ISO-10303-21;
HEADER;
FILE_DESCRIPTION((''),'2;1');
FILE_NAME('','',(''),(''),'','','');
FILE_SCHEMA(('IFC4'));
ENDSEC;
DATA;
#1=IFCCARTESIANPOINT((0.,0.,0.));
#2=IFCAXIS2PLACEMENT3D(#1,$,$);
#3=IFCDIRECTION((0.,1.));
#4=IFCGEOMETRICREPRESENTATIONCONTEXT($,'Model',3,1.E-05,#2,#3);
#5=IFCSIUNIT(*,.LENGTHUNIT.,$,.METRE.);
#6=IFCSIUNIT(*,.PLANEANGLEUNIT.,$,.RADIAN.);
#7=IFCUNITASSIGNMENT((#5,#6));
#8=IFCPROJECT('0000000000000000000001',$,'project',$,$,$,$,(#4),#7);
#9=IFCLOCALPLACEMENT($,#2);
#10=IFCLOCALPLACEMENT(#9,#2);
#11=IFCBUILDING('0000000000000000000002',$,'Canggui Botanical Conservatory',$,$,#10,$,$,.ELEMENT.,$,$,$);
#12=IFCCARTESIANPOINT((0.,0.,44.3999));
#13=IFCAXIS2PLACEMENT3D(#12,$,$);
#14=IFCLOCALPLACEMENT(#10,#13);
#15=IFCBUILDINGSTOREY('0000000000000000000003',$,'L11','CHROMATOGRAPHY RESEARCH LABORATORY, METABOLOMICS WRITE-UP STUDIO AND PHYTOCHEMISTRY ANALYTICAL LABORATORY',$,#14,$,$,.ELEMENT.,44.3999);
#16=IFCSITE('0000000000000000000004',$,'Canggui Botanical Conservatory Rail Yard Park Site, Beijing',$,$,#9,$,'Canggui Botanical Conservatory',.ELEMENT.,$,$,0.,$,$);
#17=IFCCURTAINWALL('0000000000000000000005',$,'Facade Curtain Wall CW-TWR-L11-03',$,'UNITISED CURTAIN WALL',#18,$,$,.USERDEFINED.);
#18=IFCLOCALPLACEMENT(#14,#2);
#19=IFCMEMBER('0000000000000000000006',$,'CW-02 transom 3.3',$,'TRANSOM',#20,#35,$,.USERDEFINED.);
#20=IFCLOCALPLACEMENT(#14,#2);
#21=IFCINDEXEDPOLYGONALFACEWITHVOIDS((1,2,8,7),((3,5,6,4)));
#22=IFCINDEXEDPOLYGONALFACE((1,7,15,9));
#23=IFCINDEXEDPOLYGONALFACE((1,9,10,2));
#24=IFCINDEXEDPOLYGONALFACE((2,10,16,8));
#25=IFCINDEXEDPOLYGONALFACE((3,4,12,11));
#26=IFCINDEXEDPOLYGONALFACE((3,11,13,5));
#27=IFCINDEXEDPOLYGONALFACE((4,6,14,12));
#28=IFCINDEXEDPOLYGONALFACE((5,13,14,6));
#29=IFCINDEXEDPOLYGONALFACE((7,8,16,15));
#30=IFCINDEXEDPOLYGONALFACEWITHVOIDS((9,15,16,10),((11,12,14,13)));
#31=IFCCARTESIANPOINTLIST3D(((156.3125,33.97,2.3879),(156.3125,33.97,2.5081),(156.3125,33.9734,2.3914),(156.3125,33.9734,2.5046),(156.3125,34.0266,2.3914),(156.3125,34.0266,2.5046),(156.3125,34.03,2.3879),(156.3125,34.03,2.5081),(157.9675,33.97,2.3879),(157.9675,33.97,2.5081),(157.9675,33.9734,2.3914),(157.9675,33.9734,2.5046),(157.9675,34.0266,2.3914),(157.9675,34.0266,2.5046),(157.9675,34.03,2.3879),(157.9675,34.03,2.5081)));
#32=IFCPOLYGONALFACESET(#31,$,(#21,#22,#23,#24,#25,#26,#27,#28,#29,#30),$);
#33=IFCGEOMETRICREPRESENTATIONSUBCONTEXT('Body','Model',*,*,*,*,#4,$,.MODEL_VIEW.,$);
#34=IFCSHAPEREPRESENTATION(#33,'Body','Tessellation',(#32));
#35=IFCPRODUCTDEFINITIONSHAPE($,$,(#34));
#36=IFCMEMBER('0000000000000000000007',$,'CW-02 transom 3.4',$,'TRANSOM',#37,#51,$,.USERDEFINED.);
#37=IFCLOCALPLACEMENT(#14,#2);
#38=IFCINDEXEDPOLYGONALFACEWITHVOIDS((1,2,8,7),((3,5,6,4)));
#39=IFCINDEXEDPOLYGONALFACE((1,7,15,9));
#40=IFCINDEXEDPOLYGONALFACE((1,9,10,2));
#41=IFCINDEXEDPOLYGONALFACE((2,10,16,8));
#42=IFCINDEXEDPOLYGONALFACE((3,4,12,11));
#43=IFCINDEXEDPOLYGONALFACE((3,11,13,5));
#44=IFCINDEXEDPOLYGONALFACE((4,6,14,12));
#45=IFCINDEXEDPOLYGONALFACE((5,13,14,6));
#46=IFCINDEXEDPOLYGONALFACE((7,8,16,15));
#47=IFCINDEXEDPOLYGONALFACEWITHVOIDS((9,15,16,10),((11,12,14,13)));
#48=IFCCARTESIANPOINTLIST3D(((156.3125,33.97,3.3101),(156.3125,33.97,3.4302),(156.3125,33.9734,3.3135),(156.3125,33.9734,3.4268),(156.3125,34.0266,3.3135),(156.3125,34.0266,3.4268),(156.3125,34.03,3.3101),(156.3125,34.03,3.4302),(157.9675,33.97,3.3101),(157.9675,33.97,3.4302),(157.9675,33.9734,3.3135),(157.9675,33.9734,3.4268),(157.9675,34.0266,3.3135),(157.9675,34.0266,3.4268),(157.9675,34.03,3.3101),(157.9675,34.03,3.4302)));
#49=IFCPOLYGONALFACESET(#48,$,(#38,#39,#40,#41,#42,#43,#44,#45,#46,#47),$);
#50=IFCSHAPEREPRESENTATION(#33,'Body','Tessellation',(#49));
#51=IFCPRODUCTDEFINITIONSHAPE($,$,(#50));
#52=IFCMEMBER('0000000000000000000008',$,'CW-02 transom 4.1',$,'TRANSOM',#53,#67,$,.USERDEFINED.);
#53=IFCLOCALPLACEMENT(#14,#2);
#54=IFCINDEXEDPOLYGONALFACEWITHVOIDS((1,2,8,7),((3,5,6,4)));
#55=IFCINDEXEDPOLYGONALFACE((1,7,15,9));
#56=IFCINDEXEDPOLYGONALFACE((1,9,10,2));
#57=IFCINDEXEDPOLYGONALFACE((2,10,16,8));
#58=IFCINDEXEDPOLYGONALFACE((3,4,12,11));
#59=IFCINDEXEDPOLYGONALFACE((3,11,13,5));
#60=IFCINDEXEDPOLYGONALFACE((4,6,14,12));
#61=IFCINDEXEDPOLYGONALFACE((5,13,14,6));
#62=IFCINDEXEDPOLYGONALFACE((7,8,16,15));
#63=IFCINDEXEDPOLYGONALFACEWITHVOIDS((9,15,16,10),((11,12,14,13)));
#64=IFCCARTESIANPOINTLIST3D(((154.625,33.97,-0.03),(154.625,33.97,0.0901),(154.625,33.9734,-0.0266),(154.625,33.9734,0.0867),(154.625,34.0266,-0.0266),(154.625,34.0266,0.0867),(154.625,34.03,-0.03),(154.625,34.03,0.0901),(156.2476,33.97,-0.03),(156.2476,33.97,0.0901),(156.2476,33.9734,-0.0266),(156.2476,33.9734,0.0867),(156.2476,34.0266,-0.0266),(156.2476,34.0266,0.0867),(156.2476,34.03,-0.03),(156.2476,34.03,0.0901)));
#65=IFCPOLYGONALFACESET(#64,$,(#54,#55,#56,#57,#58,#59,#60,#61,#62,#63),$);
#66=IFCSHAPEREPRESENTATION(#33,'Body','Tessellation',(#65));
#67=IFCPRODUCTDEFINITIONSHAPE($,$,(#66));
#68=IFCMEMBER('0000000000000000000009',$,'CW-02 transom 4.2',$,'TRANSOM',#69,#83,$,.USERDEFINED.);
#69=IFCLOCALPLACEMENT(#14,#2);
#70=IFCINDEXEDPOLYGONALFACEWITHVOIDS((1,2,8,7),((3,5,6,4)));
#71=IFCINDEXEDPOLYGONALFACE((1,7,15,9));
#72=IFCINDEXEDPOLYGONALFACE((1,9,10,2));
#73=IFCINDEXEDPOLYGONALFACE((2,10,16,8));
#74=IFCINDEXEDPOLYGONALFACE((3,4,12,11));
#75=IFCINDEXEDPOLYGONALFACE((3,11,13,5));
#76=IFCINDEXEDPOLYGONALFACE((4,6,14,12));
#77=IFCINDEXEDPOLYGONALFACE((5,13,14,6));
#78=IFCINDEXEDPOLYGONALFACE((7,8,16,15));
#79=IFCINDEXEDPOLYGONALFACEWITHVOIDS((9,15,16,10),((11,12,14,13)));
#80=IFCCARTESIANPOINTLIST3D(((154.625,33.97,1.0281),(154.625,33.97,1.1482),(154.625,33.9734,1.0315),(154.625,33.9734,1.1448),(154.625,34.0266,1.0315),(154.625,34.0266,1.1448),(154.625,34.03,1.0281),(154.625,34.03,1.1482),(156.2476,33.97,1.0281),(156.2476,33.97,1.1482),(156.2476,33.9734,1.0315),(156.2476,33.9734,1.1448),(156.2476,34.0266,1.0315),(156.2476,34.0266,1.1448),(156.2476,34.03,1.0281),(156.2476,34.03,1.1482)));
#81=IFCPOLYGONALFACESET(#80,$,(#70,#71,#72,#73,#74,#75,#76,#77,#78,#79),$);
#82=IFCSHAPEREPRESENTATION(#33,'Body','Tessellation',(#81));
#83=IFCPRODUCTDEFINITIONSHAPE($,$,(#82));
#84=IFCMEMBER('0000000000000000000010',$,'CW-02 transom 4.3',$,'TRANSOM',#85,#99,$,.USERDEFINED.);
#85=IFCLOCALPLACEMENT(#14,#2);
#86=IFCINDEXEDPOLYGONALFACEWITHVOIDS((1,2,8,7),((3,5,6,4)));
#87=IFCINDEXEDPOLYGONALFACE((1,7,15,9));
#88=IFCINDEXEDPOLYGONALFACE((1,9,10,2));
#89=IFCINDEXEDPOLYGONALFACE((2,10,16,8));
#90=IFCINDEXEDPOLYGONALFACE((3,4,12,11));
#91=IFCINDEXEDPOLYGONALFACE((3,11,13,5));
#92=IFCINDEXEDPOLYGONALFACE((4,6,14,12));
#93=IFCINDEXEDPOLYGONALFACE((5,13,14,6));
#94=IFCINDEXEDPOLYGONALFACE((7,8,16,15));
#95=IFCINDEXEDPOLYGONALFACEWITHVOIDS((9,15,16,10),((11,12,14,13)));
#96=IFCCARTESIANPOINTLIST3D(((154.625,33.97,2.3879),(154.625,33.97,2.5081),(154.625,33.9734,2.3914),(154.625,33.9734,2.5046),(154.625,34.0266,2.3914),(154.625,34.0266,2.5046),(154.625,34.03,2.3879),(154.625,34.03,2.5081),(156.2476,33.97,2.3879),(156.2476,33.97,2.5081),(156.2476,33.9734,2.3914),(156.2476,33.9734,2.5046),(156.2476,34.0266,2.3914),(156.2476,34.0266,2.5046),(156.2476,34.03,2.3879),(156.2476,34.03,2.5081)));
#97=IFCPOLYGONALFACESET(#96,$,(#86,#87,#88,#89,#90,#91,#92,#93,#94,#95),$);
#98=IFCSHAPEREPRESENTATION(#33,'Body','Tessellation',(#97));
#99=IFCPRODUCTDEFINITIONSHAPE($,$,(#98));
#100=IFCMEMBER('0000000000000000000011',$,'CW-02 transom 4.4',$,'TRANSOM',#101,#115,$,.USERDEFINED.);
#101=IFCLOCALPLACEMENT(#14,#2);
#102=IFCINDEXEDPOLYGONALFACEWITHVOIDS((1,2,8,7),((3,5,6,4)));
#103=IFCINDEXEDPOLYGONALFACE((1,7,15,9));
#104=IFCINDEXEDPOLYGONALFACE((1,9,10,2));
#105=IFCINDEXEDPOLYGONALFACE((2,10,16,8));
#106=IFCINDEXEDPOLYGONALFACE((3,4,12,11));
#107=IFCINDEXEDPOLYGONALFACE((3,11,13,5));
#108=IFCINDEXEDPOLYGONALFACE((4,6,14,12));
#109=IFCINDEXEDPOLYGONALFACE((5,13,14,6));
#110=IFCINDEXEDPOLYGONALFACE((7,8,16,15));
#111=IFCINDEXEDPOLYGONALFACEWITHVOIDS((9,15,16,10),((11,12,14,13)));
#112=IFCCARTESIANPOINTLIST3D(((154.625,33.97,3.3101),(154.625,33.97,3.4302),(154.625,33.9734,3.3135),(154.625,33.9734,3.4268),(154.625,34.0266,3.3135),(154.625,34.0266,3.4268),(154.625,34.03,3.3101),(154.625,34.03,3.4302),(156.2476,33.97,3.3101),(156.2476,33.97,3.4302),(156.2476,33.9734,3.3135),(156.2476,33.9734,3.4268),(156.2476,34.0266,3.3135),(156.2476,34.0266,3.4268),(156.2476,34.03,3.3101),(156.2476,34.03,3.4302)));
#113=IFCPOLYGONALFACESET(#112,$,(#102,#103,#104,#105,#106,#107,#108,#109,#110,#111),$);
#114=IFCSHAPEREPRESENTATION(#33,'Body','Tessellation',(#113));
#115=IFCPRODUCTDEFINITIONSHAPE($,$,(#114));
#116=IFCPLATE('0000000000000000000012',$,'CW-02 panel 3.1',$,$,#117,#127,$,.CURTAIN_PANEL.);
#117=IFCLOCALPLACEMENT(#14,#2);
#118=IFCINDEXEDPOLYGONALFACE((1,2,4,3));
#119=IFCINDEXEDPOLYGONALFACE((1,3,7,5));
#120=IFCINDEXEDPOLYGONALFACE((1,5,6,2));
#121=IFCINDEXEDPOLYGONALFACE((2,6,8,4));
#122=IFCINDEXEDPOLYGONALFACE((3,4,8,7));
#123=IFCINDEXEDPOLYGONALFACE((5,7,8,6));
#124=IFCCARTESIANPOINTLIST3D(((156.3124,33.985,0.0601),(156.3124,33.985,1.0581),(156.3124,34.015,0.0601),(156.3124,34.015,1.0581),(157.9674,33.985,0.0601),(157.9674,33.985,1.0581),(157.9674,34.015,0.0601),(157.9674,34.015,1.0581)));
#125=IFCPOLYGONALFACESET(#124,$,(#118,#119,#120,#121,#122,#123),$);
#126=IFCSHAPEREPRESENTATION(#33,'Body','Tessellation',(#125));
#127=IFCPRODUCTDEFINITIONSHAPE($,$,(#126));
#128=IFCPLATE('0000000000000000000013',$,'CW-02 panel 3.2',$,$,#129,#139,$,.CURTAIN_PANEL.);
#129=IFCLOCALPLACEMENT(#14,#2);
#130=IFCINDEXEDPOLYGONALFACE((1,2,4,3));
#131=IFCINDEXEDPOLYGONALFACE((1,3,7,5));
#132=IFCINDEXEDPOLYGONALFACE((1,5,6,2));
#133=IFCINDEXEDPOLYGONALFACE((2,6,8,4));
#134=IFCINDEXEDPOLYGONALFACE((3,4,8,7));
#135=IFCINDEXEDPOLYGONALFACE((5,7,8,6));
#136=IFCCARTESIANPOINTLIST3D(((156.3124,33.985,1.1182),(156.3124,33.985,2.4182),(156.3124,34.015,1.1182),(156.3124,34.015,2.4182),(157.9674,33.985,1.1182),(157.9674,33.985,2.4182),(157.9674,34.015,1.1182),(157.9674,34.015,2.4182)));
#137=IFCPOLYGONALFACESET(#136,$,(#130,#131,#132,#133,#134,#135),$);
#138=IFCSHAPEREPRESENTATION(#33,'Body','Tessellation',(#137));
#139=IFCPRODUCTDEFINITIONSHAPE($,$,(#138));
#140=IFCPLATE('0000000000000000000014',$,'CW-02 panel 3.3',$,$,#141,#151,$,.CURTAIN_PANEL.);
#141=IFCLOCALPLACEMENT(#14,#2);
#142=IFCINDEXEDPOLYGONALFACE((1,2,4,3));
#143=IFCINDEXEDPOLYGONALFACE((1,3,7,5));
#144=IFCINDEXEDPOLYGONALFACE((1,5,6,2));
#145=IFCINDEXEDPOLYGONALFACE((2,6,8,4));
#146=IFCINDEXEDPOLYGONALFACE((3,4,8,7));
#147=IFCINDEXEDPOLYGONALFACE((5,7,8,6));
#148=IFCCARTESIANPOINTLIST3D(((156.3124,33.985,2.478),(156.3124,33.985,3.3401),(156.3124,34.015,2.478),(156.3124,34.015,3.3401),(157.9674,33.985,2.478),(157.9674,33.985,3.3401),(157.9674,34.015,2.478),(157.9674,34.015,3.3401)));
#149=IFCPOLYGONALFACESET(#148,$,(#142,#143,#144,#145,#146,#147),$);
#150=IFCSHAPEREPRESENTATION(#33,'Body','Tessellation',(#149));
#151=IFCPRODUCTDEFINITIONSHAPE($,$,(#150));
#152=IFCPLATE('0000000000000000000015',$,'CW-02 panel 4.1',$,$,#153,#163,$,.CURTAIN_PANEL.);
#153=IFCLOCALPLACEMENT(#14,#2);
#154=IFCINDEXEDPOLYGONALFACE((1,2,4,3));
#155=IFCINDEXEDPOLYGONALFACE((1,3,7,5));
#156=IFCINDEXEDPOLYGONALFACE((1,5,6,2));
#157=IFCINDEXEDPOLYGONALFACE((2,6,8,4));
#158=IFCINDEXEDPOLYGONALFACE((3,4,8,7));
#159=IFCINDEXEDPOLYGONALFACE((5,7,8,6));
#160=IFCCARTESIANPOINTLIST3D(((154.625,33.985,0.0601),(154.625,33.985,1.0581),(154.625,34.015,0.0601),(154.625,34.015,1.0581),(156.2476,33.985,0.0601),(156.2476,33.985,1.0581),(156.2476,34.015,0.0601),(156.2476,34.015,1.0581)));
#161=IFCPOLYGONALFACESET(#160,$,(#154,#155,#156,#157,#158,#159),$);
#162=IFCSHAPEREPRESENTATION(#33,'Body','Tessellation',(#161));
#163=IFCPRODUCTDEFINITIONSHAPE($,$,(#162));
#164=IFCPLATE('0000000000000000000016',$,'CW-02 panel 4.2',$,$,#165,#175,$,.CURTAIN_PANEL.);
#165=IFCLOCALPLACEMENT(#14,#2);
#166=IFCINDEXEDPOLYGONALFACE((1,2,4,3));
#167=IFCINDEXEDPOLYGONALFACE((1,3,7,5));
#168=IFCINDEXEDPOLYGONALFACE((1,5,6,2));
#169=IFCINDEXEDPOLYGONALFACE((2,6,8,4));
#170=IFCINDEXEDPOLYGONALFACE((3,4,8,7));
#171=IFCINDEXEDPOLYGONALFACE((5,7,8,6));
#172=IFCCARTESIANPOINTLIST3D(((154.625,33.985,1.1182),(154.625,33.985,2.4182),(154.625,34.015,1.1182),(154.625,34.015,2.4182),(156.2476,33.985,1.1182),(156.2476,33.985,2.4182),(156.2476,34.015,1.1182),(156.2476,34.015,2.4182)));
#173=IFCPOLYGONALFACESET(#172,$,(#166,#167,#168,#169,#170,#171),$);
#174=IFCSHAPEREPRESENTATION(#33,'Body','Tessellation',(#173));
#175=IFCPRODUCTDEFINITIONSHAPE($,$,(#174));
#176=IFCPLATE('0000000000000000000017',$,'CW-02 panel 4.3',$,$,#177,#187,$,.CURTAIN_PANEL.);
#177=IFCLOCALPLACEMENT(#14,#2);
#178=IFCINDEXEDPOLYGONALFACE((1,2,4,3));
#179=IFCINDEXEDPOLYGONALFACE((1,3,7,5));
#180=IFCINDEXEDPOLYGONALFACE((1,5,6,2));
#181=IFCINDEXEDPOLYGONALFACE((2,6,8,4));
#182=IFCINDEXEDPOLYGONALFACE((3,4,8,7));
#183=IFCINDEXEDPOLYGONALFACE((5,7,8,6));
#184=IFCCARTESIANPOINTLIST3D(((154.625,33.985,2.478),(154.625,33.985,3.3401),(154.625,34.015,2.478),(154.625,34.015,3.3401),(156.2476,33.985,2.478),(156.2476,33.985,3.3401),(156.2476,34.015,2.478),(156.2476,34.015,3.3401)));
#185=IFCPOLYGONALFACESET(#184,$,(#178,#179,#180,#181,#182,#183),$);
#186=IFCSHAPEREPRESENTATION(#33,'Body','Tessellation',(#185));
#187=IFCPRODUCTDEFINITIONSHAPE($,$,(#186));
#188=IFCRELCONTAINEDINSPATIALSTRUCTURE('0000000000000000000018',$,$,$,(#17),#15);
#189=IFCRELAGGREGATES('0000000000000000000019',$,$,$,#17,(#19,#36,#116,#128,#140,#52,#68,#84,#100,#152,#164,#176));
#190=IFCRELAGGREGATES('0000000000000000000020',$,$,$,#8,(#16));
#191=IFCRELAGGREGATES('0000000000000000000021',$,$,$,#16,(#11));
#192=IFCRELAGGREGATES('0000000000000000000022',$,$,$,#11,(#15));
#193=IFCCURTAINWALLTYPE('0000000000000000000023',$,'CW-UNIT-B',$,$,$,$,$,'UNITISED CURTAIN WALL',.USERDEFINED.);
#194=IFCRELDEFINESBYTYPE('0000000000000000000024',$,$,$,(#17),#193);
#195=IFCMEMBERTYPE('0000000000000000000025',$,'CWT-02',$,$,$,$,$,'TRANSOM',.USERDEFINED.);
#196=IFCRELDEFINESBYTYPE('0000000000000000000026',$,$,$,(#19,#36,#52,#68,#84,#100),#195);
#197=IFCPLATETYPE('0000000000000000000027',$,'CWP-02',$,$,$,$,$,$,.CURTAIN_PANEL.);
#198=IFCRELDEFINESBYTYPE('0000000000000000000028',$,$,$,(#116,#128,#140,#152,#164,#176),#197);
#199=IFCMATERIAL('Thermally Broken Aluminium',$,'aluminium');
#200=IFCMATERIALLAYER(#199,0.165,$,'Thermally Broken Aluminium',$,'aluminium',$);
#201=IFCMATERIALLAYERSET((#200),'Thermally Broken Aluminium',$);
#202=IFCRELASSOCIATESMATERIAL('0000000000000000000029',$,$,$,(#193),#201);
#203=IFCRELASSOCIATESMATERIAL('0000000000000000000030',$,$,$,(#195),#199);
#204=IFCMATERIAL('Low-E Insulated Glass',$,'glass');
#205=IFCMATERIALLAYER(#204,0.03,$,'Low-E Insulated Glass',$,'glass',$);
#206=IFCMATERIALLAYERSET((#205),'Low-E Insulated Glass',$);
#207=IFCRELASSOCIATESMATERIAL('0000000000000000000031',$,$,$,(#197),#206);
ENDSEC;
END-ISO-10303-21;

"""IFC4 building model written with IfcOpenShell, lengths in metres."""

from ifc_helpers import new_model, si_unit, direction, frame, origin, origin_2d, place, context, subcontext, project, spatial, rectangle, hollow_rectangle, extrude, material, layer, layer_set, material_profile, profile_set, type_object, element, aggregate, save


model = new_model("IFC4")

# Units and contexts
model_context = context("Model", 3, precision=1e-05, world=origin(), true_north=direction((0.0, 1.0)))
body_context = subcontext(model_context, "Body", "Model", "MODEL_VIEW")
ifc_project = project(units=[si_unit("LENGTHUNIT", "METRE"), si_unit("PLANEANGLEUNIT", "RADIAN")], contexts=[model_context])

# Site, building, storey
site_placement = place(None, origin())
site = spatial("IfcSite", under=ifc_project, at=site_placement, Name="Canggui Botanical Conservatory Rail Yard Park Site, Beijing", LongName="Canggui Botanical Conservatory", CompositionType="ELEMENT", RefElevation=0.0)
building_placement = place(site_placement, origin())
building = spatial("IfcBuilding", under=site, at=building_placement, Name="Canggui Botanical Conservatory", CompositionType="ELEMENT")
storey_placement = place(building_placement, frame((0.0, 0.0, 44.3999)))
storey = spatial("IfcBuildingStorey", under=building, at=storey_placement, Name="L11", Description="CHROMATOGRAPHY RESEARCH LABORATORY, METABOLOMICS WRITE-UP STUDIO AND PHYTOCHEMISTRY ANALYTICAL LABORATORY", CompositionType="ELEMENT", Elevation=44.3999)

# Curtain wall, members, plates
ifc_material_1 = material(Name="Thermally Broken Aluminium", Category="aluminium")
ifc_layer_1 = layer(ifc_material_1, 0.165, Name="Thermally Broken Aluminium", Category="aluminium")
ifc_layer_set_1 = layer_set([ifc_layer_1], Name="Thermally Broken Aluminium")
curtain_wall_type = type_object("IfcCurtainWallType", Name="CW-UNIT-B", ElementType="UNITISED CURTAIN WALL", PredefinedType="USERDEFINED", material=ifc_layer_set_1)
curtain_wall_placement = place(storey_placement, origin())
curtain_wall = element("IfcCurtainWall", 1, at=curtain_wall_placement, inside=storey, type_object=curtain_wall_type, Name="Facade Curtain Wall CW-TWR-L11-03", ObjectType="UNITISED CURTAIN WALL", PredefinedType="USERDEFINED")
ifc_material_profile_1 = material_profile(ifc_material_1, hollow_rectangle(XDim=0.0601, YDim=0.1201, WallThickness=0.0034, at=origin_2d()), Name="CWT 60x120x3.5")
ifc_profile_set_1 = profile_set([ifc_material_profile_1], Name="Thermally Broken Aluminium")
member_type_1 = type_object("IfcMemberType", Name="CWT-02", ElementType="TRANSOM", PredefinedType="USERDEFINED", material=ifc_profile_set_1)
member_1_placement = place(storey_placement, frame((157.9675, 34.0, 2.448), z_axis=(-1.0, 0.0, 0.0), x_axis=(0.0, -1.0, 0.0)))
member_1 = element("IfcMember", 2, at=member_1_placement, type_object=member_type_1, Name="CW-02 transom 3.3", ObjectType="TRANSOM", PredefinedType="USERDEFINED", context=body_context, shape_type="SweptSolid", body=[
    extrude(hollow_rectangle(XDim=0.0601, YDim=0.1201, WallThickness=0.0034, at=origin_2d()), origin(), (0.0, 0.0, 1.0), 1.655),
])
member_2_placement = place(storey_placement, frame((157.9675, 34.0, 3.3701), z_axis=(-1.0, 0.0, 0.0), x_axis=(0.0, -1.0, 0.0)))
member_2 = element("IfcMember", 3, at=member_2_placement, type_object=member_type_1, Name="CW-02 transom 3.4", ObjectType="TRANSOM", PredefinedType="USERDEFINED", context=body_context, shape_type="SweptSolid", body=[
    extrude(hollow_rectangle(XDim=0.0601, YDim=0.1201, WallThickness=0.0034, at=origin_2d()), origin(), (0.0, 0.0, 1.0), 1.655),
])
member_3_placement = place(storey_placement, frame((156.2476, 34.0, 0.03), z_axis=(-1.0, 0.0, 0.0), x_axis=(0.0, -1.0, 0.0)))
member_3 = element("IfcMember", 4, at=member_3_placement, type_object=member_type_1, Name="CW-02 transom 4.1", ObjectType="TRANSOM", PredefinedType="USERDEFINED", context=body_context, shape_type="SweptSolid", body=[
    extrude(hollow_rectangle(XDim=0.0601, YDim=0.1201, WallThickness=0.0034, at=origin_2d()), origin(), (0.0, 0.0, 1.0), 1.6226),
])
member_4_placement = place(storey_placement, frame((156.2476, 34.0, 1.0881), z_axis=(-1.0, 0.0, 0.0), x_axis=(0.0, -1.0, 0.0)))
member_4 = element("IfcMember", 5, at=member_4_placement, type_object=member_type_1, Name="CW-02 transom 4.2", ObjectType="TRANSOM", PredefinedType="USERDEFINED", context=body_context, shape_type="SweptSolid", body=[
    extrude(hollow_rectangle(XDim=0.0601, YDim=0.1201, WallThickness=0.0034, at=origin_2d()), origin(), (0.0, 0.0, 1.0), 1.6226),
])
member_5_placement = place(storey_placement, frame((156.2476, 34.0, 2.448), z_axis=(-1.0, 0.0, 0.0), x_axis=(0.0, -1.0, 0.0)))
member_5 = element("IfcMember", 6, at=member_5_placement, type_object=member_type_1, Name="CW-02 transom 4.3", ObjectType="TRANSOM", PredefinedType="USERDEFINED", context=body_context, shape_type="SweptSolid", body=[
    extrude(hollow_rectangle(XDim=0.0601, YDim=0.1201, WallThickness=0.0034, at=origin_2d()), origin(), (0.0, 0.0, 1.0), 1.6226),
])
member_6_placement = place(storey_placement, frame((156.2476, 34.0, 3.3701), z_axis=(-1.0, 0.0, 0.0), x_axis=(0.0, -1.0, 0.0)))
member_6 = element("IfcMember", 7, at=member_6_placement, type_object=member_type_1, Name="CW-02 transom 4.4", ObjectType="TRANSOM", PredefinedType="USERDEFINED", context=body_context, shape_type="SweptSolid", body=[
    extrude(hollow_rectangle(XDim=0.0601, YDim=0.1201, WallThickness=0.0034, at=origin_2d()), origin(), (0.0, 0.0, 1.0), 1.6226),
])
ifc_material_2 = material(Name="Low-E Insulated Glass", Category="glass")
ifc_layer_2 = layer(ifc_material_2, 0.03, Name="Low-E Insulated Glass", Category="glass")
ifc_layer_set_2 = layer_set([ifc_layer_2], Name="Low-E Insulated Glass")
plate_type = type_object("IfcPlateType", Name="CWP-02", PredefinedType="CURTAIN_PANEL", material=ifc_layer_set_2)
plate_1_placement = place(storey_placement, frame((157.1399, 34.0, 0.0601), z_axis=(0.0, 0.0, 1.0), x_axis=(-1.0, 0.0, 0.0)))
plate_1 = element("IfcPlate", 8, at=plate_1_placement, type_object=plate_type, Name="CW-02 panel 3.1", PredefinedType="CURTAIN_PANEL", context=body_context, shape_type="SweptSolid", body=[
    extrude(rectangle(XDim=1.655, YDim=0.03, at=origin_2d()), origin(), (0.0, 0.0, 1.0), 0.998),
])
plate_2_placement = place(storey_placement, frame((157.1399, 34.0, 1.1182), z_axis=(0.0, 0.0, 1.0), x_axis=(-1.0, 0.0, 0.0)))
plate_2 = element("IfcPlate", 9, at=plate_2_placement, type_object=plate_type, Name="CW-02 panel 3.2", PredefinedType="CURTAIN_PANEL", context=body_context, shape_type="SweptSolid", body=[
    extrude(rectangle(XDim=1.655, YDim=0.03, at=origin_2d()), origin(), (0.0, 0.0, 1.0), 1.3),
])
plate_3_placement = place(storey_placement, frame((157.1399, 34.0, 2.478), z_axis=(0.0, 0.0, 1.0), x_axis=(-1.0, 0.0, 0.0)))
plate_3 = element("IfcPlate", 10, at=plate_3_placement, type_object=plate_type, Name="CW-02 panel 3.3", PredefinedType="CURTAIN_PANEL", context=body_context, shape_type="SweptSolid", body=[
    extrude(rectangle(XDim=1.655, YDim=0.03, at=origin_2d()), origin(), (0.0, 0.0, 1.0), 0.8621),
])
plate_4_placement = place(storey_placement, frame((155.4363, 34.0, 0.0601), z_axis=(0.0, 0.0, 1.0), x_axis=(-1.0, 0.0, 0.0)))
plate_4 = element("IfcPlate", 11, at=plate_4_placement, type_object=plate_type, Name="CW-02 panel 4.1", PredefinedType="CURTAIN_PANEL", context=body_context, shape_type="SweptSolid", body=[
    extrude(rectangle(XDim=1.6226, YDim=0.03, at=origin_2d()), origin(), (0.0, 0.0, 1.0), 0.998),
])
plate_5_placement = place(storey_placement, frame((155.4363, 34.0, 1.1182), z_axis=(0.0, 0.0, 1.0), x_axis=(-1.0, 0.0, 0.0)))
plate_5 = element("IfcPlate", 12, at=plate_5_placement, type_object=plate_type, Name="CW-02 panel 4.2", PredefinedType="CURTAIN_PANEL", context=body_context, shape_type="SweptSolid", body=[
    extrude(rectangle(XDim=1.6226, YDim=0.03, at=origin_2d()), origin(), (0.0, 0.0, 1.0), 1.3),
])
plate_6_placement = place(storey_placement, frame((155.4363, 34.0, 2.478), z_axis=(0.0, 0.0, 1.0), x_axis=(-1.0, 0.0, 0.0)))
plate_6 = element("IfcPlate", 13, at=plate_6_placement, type_object=plate_type, Name="CW-02 panel 4.3", PredefinedType="CURTAIN_PANEL", context=body_context, shape_type="SweptSolid", body=[
    extrude(rectangle(XDim=1.6226, YDim=0.03, at=origin_2d()), origin(), (0.0, 0.0, 1.0), 0.8621),
])
aggregate(curtain_wall, [member_1, member_2, plate_1, plate_2, plate_3, member_3, member_4, member_5, member_6, plate_4, plate_5, plate_6])

save(model, "model.ifc")
